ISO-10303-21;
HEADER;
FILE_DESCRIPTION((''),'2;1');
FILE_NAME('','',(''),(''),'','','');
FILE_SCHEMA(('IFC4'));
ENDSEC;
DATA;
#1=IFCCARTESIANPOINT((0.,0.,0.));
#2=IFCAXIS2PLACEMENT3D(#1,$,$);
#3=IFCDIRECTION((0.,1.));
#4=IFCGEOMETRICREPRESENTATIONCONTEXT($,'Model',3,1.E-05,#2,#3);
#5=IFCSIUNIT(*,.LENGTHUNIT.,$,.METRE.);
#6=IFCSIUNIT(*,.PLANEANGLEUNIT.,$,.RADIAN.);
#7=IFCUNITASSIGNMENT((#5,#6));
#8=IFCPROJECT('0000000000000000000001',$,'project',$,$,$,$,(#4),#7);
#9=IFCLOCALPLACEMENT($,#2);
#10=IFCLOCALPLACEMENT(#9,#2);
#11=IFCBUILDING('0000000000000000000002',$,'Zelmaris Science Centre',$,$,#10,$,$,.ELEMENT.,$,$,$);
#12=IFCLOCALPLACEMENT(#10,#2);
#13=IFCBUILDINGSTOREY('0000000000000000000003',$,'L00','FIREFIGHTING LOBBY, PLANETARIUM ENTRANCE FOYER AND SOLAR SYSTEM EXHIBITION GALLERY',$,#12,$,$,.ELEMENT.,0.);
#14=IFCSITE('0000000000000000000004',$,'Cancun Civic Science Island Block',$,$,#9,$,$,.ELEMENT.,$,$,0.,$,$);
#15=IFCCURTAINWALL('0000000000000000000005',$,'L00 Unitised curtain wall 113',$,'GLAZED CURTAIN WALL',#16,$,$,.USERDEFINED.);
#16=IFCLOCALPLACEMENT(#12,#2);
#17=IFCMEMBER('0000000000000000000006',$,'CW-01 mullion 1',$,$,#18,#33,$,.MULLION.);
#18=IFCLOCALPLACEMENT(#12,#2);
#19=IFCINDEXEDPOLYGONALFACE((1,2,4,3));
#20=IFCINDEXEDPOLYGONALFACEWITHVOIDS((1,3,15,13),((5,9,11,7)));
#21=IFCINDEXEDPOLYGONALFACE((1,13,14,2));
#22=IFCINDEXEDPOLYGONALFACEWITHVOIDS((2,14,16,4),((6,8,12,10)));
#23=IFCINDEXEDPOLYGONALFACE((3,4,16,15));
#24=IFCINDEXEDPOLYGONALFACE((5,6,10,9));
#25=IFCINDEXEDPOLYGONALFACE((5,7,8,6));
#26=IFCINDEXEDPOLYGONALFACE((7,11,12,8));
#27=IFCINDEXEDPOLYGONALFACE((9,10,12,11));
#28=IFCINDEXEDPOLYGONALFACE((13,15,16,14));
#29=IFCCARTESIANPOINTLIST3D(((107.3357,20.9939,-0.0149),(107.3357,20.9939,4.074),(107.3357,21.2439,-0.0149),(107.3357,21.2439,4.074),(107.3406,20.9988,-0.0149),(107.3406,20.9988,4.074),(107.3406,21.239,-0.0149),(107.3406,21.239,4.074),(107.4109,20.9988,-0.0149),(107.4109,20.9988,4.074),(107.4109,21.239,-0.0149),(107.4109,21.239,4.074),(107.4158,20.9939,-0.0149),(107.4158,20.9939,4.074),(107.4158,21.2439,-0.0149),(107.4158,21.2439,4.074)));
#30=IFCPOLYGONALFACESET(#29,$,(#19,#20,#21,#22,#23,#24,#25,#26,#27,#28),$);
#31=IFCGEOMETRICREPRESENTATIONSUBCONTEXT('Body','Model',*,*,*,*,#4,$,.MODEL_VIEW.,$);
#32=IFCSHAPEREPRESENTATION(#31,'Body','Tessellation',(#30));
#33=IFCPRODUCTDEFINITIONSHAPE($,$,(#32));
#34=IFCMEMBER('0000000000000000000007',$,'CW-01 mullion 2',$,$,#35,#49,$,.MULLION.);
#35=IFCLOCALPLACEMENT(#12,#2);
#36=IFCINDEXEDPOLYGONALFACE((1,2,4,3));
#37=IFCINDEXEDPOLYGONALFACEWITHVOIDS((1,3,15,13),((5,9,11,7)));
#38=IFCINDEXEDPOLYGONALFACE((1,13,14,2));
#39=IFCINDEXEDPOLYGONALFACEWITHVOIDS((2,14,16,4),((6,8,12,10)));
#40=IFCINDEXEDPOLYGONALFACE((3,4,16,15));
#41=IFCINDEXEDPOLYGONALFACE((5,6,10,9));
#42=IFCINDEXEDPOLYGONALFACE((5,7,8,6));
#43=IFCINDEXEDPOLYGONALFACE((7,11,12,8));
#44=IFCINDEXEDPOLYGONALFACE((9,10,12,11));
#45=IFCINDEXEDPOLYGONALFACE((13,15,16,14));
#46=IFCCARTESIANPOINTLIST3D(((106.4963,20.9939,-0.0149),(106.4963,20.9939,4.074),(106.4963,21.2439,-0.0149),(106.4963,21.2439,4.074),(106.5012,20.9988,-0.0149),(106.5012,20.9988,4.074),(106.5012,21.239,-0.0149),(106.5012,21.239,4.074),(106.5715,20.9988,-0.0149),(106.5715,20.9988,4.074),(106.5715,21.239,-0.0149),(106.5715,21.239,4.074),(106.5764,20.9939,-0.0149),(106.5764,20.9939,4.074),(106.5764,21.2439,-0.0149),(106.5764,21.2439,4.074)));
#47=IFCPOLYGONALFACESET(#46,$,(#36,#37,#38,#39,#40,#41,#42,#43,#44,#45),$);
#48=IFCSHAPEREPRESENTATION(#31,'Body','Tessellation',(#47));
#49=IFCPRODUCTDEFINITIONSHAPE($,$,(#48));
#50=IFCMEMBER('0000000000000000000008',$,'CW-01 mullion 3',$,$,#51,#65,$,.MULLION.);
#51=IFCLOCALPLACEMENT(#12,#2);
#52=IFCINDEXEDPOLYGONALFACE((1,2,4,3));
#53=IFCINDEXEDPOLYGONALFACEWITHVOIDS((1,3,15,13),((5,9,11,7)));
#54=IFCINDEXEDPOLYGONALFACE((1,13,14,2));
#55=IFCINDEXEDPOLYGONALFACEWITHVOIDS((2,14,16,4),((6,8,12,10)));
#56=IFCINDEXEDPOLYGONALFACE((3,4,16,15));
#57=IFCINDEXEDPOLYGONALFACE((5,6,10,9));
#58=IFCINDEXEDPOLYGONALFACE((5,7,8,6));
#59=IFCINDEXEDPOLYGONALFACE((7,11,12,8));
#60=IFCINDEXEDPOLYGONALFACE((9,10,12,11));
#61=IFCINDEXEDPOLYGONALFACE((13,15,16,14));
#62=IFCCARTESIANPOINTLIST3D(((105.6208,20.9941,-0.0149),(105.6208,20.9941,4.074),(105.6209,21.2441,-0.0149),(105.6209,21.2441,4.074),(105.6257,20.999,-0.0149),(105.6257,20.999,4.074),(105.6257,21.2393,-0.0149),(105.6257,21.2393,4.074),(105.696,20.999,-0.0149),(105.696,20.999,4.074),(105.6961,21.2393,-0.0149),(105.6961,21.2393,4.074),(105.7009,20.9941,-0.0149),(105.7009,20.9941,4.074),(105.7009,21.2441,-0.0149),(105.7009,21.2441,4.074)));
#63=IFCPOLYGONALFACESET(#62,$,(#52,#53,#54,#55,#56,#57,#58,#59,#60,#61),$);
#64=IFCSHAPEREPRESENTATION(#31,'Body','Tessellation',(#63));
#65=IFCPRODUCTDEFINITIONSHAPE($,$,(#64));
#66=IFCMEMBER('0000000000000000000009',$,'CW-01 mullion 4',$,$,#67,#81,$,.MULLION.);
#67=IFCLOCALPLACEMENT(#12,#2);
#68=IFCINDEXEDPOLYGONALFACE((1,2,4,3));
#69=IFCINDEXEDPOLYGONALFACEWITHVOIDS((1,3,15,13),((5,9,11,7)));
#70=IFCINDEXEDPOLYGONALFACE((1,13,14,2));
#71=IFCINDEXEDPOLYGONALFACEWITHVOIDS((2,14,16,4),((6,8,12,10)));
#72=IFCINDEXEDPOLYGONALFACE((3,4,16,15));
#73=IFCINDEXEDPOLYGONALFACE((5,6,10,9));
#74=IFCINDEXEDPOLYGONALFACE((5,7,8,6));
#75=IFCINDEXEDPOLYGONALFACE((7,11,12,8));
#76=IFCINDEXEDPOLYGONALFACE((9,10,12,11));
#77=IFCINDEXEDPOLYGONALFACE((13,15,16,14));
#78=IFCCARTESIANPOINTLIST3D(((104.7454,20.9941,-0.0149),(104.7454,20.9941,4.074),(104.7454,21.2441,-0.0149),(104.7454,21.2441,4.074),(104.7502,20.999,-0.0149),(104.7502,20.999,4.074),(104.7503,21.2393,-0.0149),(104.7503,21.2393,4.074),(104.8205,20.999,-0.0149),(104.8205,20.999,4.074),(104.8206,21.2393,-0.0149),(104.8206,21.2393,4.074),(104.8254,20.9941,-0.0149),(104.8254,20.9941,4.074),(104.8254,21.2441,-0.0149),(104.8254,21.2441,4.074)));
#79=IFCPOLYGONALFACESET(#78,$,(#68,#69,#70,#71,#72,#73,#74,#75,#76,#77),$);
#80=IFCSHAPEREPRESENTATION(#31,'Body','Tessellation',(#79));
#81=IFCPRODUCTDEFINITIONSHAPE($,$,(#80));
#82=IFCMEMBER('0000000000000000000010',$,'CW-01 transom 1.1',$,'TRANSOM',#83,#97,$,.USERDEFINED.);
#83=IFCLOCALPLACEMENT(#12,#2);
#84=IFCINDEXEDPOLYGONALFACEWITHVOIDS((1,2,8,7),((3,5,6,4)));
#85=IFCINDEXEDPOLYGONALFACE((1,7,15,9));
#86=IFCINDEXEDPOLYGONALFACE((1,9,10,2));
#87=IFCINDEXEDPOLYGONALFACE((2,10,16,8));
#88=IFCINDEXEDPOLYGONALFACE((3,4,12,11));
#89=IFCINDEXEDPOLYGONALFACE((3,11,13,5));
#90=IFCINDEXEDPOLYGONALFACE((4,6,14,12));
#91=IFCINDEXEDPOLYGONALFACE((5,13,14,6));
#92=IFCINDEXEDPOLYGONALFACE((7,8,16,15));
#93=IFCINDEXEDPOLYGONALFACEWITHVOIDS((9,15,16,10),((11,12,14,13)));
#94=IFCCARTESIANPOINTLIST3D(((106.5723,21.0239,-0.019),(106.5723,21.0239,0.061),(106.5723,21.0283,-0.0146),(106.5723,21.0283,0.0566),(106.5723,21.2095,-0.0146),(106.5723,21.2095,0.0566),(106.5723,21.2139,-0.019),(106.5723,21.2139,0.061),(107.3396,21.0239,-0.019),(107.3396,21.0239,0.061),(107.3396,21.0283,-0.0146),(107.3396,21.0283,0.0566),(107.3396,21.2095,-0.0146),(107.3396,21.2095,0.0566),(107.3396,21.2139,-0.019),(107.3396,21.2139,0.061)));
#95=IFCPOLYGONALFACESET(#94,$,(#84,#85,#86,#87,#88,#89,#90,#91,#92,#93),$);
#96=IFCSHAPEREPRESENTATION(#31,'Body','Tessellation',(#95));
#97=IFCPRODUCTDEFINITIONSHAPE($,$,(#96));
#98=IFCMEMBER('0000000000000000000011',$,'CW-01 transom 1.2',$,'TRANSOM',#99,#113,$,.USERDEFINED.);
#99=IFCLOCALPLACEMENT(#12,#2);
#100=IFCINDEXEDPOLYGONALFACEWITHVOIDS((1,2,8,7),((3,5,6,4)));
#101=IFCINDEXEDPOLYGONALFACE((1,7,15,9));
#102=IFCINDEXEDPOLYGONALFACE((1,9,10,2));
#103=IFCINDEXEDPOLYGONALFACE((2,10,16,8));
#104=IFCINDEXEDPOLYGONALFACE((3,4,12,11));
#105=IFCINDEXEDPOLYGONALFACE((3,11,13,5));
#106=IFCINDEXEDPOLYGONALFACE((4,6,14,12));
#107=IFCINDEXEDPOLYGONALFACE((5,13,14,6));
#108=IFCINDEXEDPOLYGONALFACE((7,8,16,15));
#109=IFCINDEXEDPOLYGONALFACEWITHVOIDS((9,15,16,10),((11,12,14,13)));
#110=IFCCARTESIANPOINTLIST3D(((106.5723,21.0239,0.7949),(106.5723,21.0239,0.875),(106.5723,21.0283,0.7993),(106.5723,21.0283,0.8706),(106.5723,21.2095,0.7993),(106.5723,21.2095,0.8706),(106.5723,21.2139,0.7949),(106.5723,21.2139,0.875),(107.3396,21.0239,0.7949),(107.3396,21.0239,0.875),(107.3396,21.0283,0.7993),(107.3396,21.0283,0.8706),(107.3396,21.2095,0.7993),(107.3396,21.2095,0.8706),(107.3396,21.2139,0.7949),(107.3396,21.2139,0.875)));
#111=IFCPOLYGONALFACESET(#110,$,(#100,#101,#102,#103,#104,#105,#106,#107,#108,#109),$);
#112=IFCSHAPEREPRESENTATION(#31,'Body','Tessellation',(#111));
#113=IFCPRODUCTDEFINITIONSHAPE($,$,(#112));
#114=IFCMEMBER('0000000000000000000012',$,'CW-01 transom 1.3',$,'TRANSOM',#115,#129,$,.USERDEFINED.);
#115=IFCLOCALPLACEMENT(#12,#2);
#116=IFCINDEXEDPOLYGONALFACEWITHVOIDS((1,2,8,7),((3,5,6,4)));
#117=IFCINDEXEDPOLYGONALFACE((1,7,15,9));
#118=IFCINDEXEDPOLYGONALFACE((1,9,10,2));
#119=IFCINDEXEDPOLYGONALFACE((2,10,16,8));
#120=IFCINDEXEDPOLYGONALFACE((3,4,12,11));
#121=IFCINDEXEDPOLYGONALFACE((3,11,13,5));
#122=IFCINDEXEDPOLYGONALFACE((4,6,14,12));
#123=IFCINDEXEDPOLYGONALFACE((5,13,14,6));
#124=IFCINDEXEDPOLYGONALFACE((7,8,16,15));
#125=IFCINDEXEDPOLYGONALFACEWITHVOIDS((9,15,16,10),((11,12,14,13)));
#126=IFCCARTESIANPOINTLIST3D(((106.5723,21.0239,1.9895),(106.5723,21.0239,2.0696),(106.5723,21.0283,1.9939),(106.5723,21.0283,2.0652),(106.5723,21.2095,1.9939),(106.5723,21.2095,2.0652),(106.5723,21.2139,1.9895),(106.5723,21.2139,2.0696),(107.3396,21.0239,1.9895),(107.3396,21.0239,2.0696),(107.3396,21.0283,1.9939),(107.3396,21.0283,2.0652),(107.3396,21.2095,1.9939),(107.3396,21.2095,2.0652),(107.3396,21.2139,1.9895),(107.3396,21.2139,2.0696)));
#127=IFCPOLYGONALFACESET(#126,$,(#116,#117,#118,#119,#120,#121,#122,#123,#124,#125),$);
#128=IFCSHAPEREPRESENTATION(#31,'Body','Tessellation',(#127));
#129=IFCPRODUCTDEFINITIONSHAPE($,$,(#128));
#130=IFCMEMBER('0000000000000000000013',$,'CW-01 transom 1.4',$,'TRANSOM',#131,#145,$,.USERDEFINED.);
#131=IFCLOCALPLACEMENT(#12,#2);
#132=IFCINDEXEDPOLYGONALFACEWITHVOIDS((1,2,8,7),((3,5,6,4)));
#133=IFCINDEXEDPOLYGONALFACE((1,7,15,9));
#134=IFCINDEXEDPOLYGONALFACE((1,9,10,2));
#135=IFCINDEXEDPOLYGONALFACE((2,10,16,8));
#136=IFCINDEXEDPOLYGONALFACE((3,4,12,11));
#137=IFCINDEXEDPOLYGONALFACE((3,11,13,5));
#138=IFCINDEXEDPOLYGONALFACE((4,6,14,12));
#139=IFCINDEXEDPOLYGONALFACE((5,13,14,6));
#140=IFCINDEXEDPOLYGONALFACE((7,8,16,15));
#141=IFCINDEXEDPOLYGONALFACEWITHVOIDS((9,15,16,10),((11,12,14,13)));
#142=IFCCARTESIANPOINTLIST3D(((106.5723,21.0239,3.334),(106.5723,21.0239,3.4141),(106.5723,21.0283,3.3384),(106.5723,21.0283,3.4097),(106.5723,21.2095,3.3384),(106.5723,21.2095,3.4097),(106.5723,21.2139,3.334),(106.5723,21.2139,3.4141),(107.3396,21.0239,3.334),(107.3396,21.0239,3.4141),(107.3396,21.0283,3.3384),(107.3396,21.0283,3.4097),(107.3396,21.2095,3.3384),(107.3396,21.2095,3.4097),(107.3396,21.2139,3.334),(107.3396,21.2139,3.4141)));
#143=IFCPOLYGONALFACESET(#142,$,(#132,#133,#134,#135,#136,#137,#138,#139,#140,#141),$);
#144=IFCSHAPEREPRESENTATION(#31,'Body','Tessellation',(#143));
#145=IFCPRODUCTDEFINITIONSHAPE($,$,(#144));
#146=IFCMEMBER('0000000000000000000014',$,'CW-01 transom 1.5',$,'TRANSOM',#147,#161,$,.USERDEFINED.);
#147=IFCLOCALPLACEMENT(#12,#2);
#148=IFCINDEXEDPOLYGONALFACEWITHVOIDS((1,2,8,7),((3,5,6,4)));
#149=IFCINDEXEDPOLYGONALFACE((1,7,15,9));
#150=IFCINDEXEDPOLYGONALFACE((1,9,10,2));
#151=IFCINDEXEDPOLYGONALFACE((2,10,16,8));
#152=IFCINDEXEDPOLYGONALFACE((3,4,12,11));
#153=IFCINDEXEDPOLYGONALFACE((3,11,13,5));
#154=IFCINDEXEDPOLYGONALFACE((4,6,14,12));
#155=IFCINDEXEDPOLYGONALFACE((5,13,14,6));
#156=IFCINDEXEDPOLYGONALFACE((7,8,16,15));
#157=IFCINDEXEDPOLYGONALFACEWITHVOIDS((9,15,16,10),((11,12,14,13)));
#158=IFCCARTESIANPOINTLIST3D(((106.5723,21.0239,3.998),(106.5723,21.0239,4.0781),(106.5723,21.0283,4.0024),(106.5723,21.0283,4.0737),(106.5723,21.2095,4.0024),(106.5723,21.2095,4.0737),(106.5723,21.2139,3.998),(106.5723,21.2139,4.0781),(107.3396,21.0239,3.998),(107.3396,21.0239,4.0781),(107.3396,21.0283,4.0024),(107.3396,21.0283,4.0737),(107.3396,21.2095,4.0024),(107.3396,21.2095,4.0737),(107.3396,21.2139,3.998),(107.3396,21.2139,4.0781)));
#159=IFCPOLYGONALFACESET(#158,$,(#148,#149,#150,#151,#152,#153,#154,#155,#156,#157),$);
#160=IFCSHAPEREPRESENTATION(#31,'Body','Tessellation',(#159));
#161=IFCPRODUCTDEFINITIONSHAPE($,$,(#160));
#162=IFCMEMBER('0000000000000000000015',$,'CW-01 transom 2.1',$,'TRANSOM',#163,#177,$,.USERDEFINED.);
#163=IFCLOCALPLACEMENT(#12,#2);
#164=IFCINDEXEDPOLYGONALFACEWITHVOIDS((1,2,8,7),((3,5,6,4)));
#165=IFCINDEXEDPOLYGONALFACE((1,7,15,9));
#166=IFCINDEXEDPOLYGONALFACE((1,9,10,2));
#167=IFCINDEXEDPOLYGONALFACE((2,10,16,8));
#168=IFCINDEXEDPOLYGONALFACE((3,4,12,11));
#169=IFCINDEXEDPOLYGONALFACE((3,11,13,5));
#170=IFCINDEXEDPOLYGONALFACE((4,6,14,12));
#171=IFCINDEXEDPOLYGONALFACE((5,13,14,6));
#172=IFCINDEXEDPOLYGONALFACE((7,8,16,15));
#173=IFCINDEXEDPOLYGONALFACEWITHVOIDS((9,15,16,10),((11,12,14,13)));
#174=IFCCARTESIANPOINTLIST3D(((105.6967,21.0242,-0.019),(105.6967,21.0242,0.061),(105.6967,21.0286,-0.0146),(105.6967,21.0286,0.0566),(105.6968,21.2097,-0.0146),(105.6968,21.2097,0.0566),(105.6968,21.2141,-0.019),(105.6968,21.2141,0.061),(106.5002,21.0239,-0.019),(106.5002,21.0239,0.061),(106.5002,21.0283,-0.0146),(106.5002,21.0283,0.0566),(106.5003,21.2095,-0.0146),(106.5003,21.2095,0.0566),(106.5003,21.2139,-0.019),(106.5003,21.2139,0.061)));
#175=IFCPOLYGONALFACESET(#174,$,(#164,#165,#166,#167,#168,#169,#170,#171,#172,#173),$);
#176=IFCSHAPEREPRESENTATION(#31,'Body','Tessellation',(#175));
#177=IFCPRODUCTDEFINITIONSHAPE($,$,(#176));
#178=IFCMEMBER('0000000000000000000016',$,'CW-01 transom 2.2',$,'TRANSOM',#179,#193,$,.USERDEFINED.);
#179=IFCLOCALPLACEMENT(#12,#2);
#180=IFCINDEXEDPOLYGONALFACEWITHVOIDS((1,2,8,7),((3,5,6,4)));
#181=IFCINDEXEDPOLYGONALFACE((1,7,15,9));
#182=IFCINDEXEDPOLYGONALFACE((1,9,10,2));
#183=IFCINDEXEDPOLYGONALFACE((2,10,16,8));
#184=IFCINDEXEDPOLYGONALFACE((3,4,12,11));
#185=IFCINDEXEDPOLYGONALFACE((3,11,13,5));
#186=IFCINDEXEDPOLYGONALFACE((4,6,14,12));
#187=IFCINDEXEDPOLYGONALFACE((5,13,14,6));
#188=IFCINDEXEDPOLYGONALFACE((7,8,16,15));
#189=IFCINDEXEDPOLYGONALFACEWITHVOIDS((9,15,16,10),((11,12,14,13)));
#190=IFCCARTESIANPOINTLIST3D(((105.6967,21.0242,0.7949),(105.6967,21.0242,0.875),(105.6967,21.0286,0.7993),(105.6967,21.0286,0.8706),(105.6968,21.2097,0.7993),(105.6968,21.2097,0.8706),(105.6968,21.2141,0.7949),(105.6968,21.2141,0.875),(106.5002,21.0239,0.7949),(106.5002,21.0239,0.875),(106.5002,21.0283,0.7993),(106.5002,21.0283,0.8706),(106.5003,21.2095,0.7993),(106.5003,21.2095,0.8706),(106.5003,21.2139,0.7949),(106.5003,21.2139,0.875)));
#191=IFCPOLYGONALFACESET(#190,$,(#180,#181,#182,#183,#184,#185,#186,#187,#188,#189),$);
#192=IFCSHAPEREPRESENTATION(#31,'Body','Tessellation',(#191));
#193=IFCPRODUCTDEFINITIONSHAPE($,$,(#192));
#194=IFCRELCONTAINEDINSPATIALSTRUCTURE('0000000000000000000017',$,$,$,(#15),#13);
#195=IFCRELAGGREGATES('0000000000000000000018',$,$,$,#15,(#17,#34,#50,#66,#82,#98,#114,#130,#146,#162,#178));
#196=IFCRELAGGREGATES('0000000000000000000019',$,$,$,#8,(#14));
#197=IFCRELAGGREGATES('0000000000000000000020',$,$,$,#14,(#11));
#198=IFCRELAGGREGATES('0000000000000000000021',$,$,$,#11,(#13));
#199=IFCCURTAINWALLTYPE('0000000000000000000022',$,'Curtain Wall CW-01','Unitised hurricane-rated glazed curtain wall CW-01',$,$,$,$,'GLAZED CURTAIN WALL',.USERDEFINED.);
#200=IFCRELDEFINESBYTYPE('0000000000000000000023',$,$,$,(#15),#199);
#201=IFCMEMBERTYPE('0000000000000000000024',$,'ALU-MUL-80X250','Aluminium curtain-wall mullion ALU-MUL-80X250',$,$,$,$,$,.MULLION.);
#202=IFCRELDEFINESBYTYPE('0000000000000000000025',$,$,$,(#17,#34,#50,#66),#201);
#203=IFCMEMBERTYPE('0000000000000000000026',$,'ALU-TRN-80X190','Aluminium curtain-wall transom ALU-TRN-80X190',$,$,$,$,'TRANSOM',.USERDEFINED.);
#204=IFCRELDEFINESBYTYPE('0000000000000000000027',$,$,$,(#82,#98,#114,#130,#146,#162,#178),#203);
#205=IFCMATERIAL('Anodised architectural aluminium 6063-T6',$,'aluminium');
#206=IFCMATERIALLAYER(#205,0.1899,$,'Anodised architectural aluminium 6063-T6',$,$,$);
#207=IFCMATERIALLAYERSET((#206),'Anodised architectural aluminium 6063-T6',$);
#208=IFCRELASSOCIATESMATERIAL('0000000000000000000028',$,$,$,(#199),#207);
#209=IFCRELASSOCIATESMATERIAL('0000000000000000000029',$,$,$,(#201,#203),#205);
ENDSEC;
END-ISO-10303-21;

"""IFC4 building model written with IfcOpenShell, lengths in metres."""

from ifc_helpers import new_model, si_unit, direction, frame, origin, origin_2d, place, context, subcontext, project, spatial, hollow_rectangle, extrude, material, layer, layer_set, material_profile, profile_set, type_object, element, aggregate, save


model = new_model("IFC4")

# Units and contexts
model_context = context("Model", 3, precision=1e-05, world=origin(), true_north=direction((0.0, 1.0)))
body_context = subcontext(model_context, "Body", "Model", "MODEL_VIEW")
ifc_project = project(units=[si_unit("LENGTHUNIT", "METRE"), si_unit("PLANEANGLEUNIT", "RADIAN")], contexts=[model_context])

# Site, building, storey
site_placement = place(None, origin())
site = spatial("IfcSite", under=ifc_project, at=site_placement, Name="Cancun Civic Science Island Block", CompositionType="ELEMENT", RefElevation=0.0)
building_placement = place(site_placement, origin())
building = spatial("IfcBuilding", under=site, at=building_placement, Name="Zelmaris Science Centre", CompositionType="ELEMENT")
storey_placement = place(building_placement, origin())
storey = spatial("IfcBuildingStorey", under=building, at=storey_placement, Name="L00", Description="FIREFIGHTING LOBBY, PLANETARIUM ENTRANCE FOYER AND SOLAR SYSTEM EXHIBITION GALLERY", CompositionType="ELEMENT", Elevation=0.0)

# Curtain wall, members
ifc_material_1 = material(Name="Anodised architectural aluminium 6063-T6", Category="aluminium")
ifc_layer_1 = layer(ifc_material_1, 0.1899, Name="Anodised architectural aluminium 6063-T6")
ifc_layer_set_1 = layer_set([ifc_layer_1], Name="Anodised architectural aluminium 6063-T6")
curtain_wall_type = type_object("IfcCurtainWallType", Name="Curtain Wall CW-01", Description="Unitised hurricane-rated glazed curtain wall CW-01", ElementType="GLAZED CURTAIN WALL", PredefinedType="USERDEFINED", material=ifc_layer_set_1)
curtain_wall_placement = place(storey_placement, origin())
curtain_wall = element("IfcCurtainWall", 1, at=curtain_wall_placement, inside=storey, type_object=curtain_wall_type, Name="L00 Unitised curtain wall 113", ObjectType="GLAZED CURTAIN WALL", PredefinedType="USERDEFINED")
ifc_material_profile_1 = material_profile(ifc_material_1, hollow_rectangle(XDim=0.0801, YDim=0.25, WallThickness=0.0049, at=origin_2d()), Name="ALU-MUL-80X250")
ifc_profile_set_1 = profile_set([ifc_material_profile_1], Name="Anodised architectural aluminium 6063-T6")
member_type_1 = type_object("IfcMemberType", Name="ALU-MUL-80X250", Description="Aluminium curtain-wall mullion ALU-MUL-80X250", PredefinedType="MULLION", material=ifc_profile_set_1)
member_1_placement = place(storey_placement, frame((107.3757, 21.1189, -0.0149), z_axis=(0.0, 0.0, 1.0), x_axis=(-1.0, 0.000084, 0.0)))
member_1 = element("IfcMember", 2, at=member_1_placement, type_object=member_type_1, Name="CW-01 mullion 1", PredefinedType="MULLION", context=body_context, shape_type="SweptSolid", body=[
    extrude(hollow_rectangle(XDim=0.0801, YDim=0.25, WallThickness=0.0049, at=origin_2d()), origin(), (0.0, 0.0, 1.0), 4.0889),
])
member_2_placement = place(storey_placement, frame((106.5364, 21.1189, -0.0149), z_axis=(0.0, 0.0, 1.0), x_axis=(-1.0, 0.000084, 0.0)))
member_2 = element("IfcMember", 3, at=member_2_placement, type_object=member_type_1, Name="CW-01 mullion 2", PredefinedType="MULLION", context=body_context, shape_type="SweptSolid", body=[
    extrude(hollow_rectangle(XDim=0.0801, YDim=0.25, WallThickness=0.0049, at=origin_2d()), origin(), (0.0, 0.0, 1.0), 4.0889),
])
member_3_placement = place(storey_placement, frame((105.6609, 21.1191, -0.0149), z_axis=(0.0, 0.0, 1.0), x_axis=(-1.0, 0.000084, 0.0)))
member_3 = element("IfcMember", 4, at=member_3_placement, type_object=member_type_1, Name="CW-01 mullion 3", PredefinedType="MULLION", context=body_context, shape_type="SweptSolid", body=[
    extrude(hollow_rectangle(XDim=0.0801, YDim=0.25, WallThickness=0.0049, at=origin_2d()), origin(), (0.0, 0.0, 1.0), 4.0889),
])
member_4_placement = place(storey_placement, frame((104.7854, 21.1191, -0.0149), z_axis=(0.0, 0.0, 1.0), x_axis=(-1.0, 0.000084, 0.0)))
member_4 = element("IfcMember", 5, at=member_4_placement, type_object=member_type_1, Name="CW-01 mullion 4", PredefinedType="MULLION", context=body_context, shape_type="SweptSolid", body=[
    extrude(hollow_rectangle(XDim=0.0801, YDim=0.25, WallThickness=0.0049, at=origin_2d()), origin(), (0.0, 0.0, 1.0), 4.0889),
])
ifc_material_profile_2 = material_profile(ifc_material_1, hollow_rectangle(XDim=0.0801, YDim=0.1899, WallThickness=0.0044, at=origin_2d()), Name="ALU-TRN-80X190")
ifc_profile_set_2 = profile_set([ifc_material_profile_2], Name="Anodised architectural aluminium 6063-T6")
member_type_2 = type_object("IfcMemberType", Name="ALU-TRN-80X190", Description="Aluminium curtain-wall transom ALU-TRN-80X190", ElementType="TRANSOM", PredefinedType="USERDEFINED", material=ifc_profile_set_2)
member_5_placement = place(storey_placement, frame((107.3396, 21.1189, 0.021), z_axis=(-1.0, 0.0, 0.0), x_axis=(0.0, 0.0, 1.0)))
member_5 = element("IfcMember", 6, at=member_5_placement, type_object=member_type_2, Name="CW-01 transom 1.1", ObjectType="TRANSOM", PredefinedType="USERDEFINED", context=body_context, shape_type="SweptSolid", body=[
    extrude(hollow_rectangle(XDim=0.0801, YDim=0.1899, WallThickness=0.0044, at=origin_2d()), origin(), (0.0, 0.0, 1.0), 0.7673),
])
member_6_placement = place(storey_placement, frame((107.3396, 21.1189, 0.835), z_axis=(-1.0, 0.0, 0.0), x_axis=(0.0, 0.0, 1.0)))
member_6 = element("IfcMember", 7, at=member_6_placement, type_object=member_type_2, Name="CW-01 transom 1.2", ObjectType="TRANSOM", PredefinedType="USERDEFINED", context=body_context, shape_type="SweptSolid", body=[
    extrude(hollow_rectangle(XDim=0.0801, YDim=0.1899, WallThickness=0.0044, at=origin_2d()), origin(), (0.0, 0.0, 1.0), 0.7673),
])
member_7_placement = place(storey_placement, frame((107.3396, 21.1189, 2.0295), z_axis=(-1.0, 0.0, 0.0), x_axis=(0.0, 0.0, 1.0)))
member_7 = element("IfcMember", 8, at=member_7_placement, type_object=member_type_2, Name="CW-01 transom 1.3", ObjectType="TRANSOM", PredefinedType="USERDEFINED", context=body_context, shape_type="SweptSolid", body=[
    extrude(hollow_rectangle(XDim=0.0801, YDim=0.1899, WallThickness=0.0044, at=origin_2d()), origin(), (0.0, 0.0, 1.0), 0.7673),
])
member_8_placement = place(storey_placement, frame((107.3396, 21.1189, 3.374), z_axis=(-1.0, 0.0, 0.0), x_axis=(0.0, 0.0, 1.0)))
member_8 = element("IfcMember", 9, at=member_8_placement, type_object=member_type_2, Name="CW-01 transom 1.4", ObjectType="TRANSOM", PredefinedType="USERDEFINED", context=body_context, shape_type="SweptSolid", body=[
    extrude(hollow_rectangle(XDim=0.0801, YDim=0.1899, WallThickness=0.0044, at=origin_2d()), origin(), (0.0, 0.0, 1.0), 0.7673),
])
member_9_placement = place(storey_placement, frame((107.3396, 21.1189, 4.0381), z_axis=(-1.0, 0.0, 0.0), x_axis=(0.0, 0.0, 1.0)))
member_9 = element("IfcMember", 10, at=member_9_placement, type_object=member_type_2, Name="CW-01 transom 1.5", ObjectType="TRANSOM", PredefinedType="USERDEFINED", context=body_context, shape_type="SweptSolid", body=[
    extrude(hollow_rectangle(XDim=0.0801, YDim=0.1899, WallThickness=0.0044, at=origin_2d()), origin(), (0.0, 0.0, 1.0), 0.7673),
])
member_10_placement = place(storey_placement, frame((106.5002, 21.1189, 0.021), z_axis=(-1.0, 0.000304, 0.0), x_axis=(0.0, 0.0, 1.0)))
member_10 = element("IfcMember", 11, at=member_10_placement, type_object=member_type_2, Name="CW-01 transom 2.1", ObjectType="TRANSOM", PredefinedType="USERDEFINED", context=body_context, shape_type="SweptSolid", body=[
    extrude(hollow_rectangle(XDim=0.0801, YDim=0.1899, WallThickness=0.0044, at=origin_2d()), origin(), (0.0, 0.0, 1.0), 0.8035),
])
member_11_placement = place(storey_placement, frame((106.5002, 21.1189, 0.835), z_axis=(-1.0, 0.000304, 0.0), x_axis=(0.0, 0.0, 1.0)))
member_11 = element("IfcMember", 12, at=member_11_placement, type_object=member_type_2, Name="CW-01 transom 2.2", ObjectType="TRANSOM", PredefinedType="USERDEFINED", context=body_context, shape_type="SweptSolid", body=[
    extrude(hollow_rectangle(XDim=0.0801, YDim=0.1899, WallThickness=0.0044, at=origin_2d()), origin(), (0.0, 0.0, 1.0), 0.8035),
])
aggregate(curtain_wall, [member_1, member_2, member_3, member_4, member_5, member_6, member_7, member_8, member_9, member_10, member_11])

save(model, "model.ifc")
